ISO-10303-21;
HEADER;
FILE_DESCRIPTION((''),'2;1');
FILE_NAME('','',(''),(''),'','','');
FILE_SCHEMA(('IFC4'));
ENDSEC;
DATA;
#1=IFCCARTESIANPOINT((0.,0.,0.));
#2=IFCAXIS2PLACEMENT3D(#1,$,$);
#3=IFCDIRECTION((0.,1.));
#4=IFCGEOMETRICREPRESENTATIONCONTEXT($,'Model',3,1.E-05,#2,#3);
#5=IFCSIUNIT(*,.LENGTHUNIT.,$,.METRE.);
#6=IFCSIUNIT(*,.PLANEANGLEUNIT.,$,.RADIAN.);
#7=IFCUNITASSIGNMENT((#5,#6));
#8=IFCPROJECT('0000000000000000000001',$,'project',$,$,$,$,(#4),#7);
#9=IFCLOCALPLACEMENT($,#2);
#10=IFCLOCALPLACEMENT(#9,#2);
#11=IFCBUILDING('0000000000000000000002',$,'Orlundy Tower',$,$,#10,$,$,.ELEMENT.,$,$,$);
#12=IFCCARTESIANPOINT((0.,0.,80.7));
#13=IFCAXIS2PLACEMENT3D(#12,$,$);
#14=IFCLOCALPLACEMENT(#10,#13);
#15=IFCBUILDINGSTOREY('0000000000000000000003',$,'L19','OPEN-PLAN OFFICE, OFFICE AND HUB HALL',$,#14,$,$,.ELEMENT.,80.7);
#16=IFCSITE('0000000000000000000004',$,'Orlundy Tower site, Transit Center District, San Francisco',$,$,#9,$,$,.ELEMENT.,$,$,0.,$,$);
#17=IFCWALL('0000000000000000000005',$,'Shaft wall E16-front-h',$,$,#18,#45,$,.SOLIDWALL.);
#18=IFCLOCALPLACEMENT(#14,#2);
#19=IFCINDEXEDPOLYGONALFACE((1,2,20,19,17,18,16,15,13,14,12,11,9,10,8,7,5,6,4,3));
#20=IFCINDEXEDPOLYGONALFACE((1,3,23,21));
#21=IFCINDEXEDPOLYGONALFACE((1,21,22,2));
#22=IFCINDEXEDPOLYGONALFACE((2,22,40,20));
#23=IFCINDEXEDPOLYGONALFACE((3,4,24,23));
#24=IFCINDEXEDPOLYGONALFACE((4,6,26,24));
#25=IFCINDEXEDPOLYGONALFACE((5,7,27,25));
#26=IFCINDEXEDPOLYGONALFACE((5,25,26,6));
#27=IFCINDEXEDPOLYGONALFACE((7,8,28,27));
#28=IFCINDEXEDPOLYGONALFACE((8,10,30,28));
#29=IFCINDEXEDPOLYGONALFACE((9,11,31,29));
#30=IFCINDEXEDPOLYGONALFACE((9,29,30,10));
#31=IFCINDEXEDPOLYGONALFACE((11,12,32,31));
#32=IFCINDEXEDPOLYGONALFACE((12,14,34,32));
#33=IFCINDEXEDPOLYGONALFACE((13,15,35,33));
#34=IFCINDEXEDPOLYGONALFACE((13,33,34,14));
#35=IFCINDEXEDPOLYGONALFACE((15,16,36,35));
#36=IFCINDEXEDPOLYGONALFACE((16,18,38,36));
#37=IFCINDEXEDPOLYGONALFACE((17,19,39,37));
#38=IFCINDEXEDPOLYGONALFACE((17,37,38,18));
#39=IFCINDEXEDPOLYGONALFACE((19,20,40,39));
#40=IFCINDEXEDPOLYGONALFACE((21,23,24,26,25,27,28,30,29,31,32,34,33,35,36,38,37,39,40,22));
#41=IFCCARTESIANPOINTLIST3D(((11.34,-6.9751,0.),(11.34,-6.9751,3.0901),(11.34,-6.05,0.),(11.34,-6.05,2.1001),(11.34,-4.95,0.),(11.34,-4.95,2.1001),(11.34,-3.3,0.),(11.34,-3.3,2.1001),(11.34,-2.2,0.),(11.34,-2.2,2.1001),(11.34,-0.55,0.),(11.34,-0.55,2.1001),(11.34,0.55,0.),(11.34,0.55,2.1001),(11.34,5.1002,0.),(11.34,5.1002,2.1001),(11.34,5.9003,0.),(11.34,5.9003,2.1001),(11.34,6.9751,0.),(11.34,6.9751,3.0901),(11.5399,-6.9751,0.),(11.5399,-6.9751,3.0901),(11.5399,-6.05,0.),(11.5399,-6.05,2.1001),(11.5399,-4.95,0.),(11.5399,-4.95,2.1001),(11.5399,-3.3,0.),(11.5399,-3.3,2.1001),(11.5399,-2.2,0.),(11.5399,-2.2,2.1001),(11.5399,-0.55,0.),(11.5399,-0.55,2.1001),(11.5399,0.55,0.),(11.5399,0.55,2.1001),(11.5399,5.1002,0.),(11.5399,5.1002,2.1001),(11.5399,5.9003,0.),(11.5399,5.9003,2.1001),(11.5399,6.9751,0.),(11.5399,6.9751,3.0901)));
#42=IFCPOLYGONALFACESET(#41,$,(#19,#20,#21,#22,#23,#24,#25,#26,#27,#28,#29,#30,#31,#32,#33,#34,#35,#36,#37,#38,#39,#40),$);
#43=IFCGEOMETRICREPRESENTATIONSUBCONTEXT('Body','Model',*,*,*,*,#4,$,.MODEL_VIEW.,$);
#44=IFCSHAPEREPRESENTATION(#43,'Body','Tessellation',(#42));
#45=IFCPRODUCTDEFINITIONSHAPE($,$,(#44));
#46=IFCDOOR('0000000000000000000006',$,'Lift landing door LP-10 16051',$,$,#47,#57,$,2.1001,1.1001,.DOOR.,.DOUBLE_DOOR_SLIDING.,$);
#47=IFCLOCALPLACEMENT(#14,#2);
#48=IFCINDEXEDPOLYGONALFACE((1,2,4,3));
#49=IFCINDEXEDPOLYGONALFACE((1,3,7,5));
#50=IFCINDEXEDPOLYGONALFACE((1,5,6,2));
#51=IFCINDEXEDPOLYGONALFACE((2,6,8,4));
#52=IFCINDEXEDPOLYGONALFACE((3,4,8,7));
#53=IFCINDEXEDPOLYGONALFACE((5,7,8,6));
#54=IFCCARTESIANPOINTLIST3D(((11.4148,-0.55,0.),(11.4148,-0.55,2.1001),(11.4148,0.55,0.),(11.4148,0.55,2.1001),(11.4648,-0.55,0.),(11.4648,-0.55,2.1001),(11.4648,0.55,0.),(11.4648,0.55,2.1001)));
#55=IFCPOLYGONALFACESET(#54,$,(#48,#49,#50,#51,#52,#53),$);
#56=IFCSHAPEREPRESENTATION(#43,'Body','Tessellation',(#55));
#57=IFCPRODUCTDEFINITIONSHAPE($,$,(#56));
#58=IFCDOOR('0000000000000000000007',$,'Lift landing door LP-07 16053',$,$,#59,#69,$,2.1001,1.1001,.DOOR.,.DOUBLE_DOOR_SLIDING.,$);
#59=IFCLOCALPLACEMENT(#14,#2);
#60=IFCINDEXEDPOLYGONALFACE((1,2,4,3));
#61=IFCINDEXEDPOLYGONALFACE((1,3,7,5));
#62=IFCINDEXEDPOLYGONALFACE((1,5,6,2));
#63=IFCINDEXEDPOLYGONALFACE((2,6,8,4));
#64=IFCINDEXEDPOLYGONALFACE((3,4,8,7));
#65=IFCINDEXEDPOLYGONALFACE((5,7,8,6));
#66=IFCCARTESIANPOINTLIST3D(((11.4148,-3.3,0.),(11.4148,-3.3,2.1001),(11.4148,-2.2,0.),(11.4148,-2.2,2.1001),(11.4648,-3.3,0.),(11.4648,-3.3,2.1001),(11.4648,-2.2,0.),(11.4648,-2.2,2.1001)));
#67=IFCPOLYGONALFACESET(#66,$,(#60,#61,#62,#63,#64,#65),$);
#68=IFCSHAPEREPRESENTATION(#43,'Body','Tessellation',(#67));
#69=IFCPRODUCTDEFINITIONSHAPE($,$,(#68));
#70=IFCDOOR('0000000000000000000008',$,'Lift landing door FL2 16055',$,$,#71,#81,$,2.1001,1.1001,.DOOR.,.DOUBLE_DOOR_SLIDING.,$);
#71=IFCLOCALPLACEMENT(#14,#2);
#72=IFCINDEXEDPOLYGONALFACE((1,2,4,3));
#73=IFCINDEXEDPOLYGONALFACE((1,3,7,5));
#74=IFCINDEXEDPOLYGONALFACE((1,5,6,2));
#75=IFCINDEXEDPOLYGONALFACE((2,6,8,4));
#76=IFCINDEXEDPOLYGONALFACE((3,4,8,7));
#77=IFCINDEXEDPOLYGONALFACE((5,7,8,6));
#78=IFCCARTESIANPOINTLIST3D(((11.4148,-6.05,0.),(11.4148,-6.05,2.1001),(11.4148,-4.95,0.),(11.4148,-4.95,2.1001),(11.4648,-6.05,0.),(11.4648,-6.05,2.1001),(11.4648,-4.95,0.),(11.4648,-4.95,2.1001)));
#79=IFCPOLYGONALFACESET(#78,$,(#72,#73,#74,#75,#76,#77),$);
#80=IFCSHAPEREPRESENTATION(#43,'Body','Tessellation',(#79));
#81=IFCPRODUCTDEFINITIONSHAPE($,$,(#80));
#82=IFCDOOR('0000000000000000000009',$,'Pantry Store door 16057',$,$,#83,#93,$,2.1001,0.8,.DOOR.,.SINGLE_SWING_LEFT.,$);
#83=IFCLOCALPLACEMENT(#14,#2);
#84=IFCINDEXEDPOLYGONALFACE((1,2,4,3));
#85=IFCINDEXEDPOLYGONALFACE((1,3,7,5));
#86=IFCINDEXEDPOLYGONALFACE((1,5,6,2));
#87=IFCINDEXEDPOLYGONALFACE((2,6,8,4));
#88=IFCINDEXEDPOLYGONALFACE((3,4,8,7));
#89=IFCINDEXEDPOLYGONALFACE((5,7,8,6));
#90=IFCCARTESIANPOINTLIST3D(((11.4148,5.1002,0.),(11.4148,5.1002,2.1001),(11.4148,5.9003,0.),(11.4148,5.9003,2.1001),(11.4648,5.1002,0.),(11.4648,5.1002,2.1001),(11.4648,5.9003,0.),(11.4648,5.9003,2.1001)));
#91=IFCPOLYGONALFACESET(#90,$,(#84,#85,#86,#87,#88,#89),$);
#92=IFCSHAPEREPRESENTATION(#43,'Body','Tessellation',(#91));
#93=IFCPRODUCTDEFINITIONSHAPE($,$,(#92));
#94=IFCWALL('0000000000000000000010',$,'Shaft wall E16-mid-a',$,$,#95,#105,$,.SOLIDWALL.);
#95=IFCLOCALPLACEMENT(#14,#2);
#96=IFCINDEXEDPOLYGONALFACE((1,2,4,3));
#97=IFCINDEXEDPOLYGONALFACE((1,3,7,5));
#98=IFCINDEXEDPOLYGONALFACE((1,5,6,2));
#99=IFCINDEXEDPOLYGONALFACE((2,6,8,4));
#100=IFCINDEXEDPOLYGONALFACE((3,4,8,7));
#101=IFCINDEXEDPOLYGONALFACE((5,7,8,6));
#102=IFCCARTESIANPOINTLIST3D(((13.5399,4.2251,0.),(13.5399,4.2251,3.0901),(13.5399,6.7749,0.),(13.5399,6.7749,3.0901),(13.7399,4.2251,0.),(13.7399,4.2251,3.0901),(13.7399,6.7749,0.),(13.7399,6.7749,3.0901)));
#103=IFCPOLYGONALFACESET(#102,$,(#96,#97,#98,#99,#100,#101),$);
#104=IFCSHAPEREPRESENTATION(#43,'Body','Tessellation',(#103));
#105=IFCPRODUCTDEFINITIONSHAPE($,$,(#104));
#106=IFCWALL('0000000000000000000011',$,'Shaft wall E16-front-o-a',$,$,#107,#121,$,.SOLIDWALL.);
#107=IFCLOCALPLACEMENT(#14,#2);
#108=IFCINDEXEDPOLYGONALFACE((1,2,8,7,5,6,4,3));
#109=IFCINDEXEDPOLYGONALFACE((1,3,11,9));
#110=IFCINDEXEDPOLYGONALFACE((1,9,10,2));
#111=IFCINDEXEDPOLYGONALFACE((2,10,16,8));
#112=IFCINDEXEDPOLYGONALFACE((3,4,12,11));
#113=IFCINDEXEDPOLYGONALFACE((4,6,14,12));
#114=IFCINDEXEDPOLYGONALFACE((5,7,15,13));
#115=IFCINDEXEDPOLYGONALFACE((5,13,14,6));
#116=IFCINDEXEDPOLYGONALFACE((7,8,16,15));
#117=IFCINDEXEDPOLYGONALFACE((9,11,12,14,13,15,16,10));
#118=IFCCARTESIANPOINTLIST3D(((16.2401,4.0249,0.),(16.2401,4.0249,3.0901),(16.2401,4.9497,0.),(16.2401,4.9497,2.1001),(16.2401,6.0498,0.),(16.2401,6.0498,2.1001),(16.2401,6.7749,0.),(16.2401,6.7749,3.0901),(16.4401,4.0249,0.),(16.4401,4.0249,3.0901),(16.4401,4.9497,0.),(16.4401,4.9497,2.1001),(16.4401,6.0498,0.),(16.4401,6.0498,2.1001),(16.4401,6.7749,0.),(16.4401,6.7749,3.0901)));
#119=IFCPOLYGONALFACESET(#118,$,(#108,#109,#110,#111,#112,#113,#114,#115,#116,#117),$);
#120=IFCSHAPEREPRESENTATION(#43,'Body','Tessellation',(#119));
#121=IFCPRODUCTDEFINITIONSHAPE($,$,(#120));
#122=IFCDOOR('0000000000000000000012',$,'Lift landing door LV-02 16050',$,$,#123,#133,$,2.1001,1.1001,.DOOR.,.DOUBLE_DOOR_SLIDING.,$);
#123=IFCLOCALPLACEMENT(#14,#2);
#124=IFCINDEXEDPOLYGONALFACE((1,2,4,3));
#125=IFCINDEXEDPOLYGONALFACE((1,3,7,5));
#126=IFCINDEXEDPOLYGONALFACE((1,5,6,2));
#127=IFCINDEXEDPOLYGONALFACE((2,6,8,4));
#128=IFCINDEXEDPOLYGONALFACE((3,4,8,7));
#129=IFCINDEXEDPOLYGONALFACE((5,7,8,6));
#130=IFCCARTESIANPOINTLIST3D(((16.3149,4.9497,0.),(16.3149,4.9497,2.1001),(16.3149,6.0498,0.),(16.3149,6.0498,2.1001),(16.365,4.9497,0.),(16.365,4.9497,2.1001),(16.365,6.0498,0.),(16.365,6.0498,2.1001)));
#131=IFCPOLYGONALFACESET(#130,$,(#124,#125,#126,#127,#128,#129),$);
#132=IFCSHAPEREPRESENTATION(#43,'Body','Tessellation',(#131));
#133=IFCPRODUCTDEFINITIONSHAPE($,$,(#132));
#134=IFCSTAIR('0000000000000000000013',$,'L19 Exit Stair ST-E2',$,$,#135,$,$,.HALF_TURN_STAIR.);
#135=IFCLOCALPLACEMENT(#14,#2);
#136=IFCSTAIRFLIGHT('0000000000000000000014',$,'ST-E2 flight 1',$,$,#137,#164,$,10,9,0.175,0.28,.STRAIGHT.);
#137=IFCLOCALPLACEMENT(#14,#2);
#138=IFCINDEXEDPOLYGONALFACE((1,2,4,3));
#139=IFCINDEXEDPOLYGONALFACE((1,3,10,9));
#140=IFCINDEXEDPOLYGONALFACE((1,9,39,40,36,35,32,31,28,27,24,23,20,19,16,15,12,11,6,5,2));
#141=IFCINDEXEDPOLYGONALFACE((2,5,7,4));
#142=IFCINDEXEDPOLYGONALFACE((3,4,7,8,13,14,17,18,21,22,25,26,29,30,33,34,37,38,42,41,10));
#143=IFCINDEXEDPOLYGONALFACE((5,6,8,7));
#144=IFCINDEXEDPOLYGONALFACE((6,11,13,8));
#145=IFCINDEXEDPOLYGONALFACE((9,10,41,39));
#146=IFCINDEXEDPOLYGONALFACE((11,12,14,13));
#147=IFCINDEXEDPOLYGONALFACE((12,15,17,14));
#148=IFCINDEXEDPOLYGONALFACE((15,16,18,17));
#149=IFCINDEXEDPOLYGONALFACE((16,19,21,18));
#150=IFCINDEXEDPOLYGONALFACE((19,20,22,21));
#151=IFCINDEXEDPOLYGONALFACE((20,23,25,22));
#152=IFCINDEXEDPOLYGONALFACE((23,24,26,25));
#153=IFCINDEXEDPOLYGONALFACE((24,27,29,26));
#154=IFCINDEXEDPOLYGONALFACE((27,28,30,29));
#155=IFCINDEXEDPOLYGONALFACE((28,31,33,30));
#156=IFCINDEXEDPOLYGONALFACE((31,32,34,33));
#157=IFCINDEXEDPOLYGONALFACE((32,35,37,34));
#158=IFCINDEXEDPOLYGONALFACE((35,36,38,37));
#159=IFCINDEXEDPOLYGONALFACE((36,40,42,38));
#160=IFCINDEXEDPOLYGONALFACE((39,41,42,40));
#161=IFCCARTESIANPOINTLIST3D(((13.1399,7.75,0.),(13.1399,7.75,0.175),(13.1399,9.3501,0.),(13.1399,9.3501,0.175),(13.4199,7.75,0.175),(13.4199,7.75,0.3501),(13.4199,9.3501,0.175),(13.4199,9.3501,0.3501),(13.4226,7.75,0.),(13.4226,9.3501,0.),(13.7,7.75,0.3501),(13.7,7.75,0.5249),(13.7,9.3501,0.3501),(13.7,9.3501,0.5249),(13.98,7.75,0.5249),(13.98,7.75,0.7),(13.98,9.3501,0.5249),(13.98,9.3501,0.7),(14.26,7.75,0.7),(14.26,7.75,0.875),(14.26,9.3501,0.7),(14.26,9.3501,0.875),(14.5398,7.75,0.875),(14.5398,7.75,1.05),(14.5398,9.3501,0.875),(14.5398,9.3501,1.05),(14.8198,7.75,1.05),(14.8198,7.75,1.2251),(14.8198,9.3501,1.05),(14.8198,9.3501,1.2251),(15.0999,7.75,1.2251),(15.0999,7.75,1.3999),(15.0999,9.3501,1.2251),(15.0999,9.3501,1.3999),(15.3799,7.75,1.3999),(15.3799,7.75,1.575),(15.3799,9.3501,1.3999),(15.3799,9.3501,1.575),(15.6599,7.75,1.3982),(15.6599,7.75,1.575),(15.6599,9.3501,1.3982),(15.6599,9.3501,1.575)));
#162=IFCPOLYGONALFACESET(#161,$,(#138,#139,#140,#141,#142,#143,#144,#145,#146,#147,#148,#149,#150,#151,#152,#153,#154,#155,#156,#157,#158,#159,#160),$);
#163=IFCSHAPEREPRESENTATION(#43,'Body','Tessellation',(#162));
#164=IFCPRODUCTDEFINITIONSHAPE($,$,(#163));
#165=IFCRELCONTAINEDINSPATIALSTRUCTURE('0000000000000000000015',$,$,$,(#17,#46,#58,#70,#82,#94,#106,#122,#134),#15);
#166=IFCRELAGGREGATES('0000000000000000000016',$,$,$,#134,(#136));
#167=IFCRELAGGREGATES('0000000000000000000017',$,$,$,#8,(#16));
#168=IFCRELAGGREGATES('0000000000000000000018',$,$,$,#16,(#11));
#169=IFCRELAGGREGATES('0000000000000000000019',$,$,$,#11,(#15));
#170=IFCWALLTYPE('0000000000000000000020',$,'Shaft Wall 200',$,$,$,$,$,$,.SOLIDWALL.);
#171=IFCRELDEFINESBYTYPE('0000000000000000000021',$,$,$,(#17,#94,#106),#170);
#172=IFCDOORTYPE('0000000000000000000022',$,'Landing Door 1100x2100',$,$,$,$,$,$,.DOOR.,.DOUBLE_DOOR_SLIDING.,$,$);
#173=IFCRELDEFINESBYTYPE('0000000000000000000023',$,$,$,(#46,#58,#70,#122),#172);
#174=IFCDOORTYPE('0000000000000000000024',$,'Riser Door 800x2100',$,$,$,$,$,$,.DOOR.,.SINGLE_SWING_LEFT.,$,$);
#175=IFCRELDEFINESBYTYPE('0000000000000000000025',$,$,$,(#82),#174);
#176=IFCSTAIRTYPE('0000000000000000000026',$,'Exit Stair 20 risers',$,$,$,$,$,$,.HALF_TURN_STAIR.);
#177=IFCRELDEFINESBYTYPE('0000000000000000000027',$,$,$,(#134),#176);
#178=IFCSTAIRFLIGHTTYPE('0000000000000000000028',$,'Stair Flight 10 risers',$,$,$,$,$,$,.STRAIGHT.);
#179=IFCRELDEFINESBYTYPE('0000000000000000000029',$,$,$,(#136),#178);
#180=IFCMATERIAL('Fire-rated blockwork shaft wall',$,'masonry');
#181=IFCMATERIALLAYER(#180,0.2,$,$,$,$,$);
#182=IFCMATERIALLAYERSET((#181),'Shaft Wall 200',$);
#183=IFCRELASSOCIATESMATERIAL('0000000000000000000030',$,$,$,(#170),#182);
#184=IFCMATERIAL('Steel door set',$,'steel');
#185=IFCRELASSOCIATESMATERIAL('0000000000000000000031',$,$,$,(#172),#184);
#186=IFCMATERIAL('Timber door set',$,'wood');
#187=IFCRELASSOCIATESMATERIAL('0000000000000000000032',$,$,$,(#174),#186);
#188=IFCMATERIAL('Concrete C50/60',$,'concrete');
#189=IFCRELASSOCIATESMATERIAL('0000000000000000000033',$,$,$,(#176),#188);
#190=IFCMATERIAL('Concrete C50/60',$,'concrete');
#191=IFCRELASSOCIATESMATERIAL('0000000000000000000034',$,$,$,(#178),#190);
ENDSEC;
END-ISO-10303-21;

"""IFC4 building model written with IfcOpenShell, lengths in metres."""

from ifc_helpers import new_model, si_unit, direction, frame, frame_2d, origin, place, context, subcontext, project, spatial, polyline, rectangle, outline, extrude, material, layer, layer_set, type_object, element, fill, aggregate, save


model = new_model("IFC4")

# Units and contexts
model_context = context("Model", 3, precision=1e-05, world=origin(), true_north=direction((0.0, 1.0)))
body_context = subcontext(model_context, "Body", "Model", "MODEL_VIEW")
ifc_project = project(units=[si_unit("LENGTHUNIT", "METRE"), si_unit("PLANEANGLEUNIT", "RADIAN")], contexts=[model_context])

# Site, building, storey
site_placement = place(None, origin())
site = spatial("IfcSite", under=ifc_project, at=site_placement, Name="Orlundy Tower site, Transit Center District, San Francisco", CompositionType="ELEMENT", RefElevation=0.0)
building_placement = place(site_placement, origin())
building = spatial("IfcBuilding", under=site, at=building_placement, Name="Orlundy Tower", CompositionType="ELEMENT")
storey_placement = place(building_placement, frame((0.0, 0.0, 80.7)))
storey = spatial("IfcBuildingStorey", under=building, at=storey_placement, Name="L19", Description="OPEN-PLAN OFFICE, OFFICE AND HUB HALL", CompositionType="ELEMENT", Elevation=80.7)

# Shared definitions
ifc_material_1 = material(Name="Fire-rated blockwork shaft wall", Category="masonry")
ifc_layer_1 = layer(ifc_material_1, 0.2)
ifc_layer_set_1 = layer_set([ifc_layer_1], Name="Shaft Wall 200")
wall_type_1 = type_object("IfcWallType", Name="Shaft Wall 200", PredefinedType="SOLIDWALL", material=ifc_layer_set_1)

# Wall, openings, doors
wall_1_placement = place(storey_placement, frame((11.4399, 6.9751, 0.0), z_axis=(0.0, 0.0, 1.0), x_axis=(0.0, -1.0, 0.0)))
wall_1 = element("IfcWall", 1, at=wall_1_placement, inside=storey, type_object=wall_type_1, Name="Shaft wall E16-front-h", PredefinedType="SOLIDWALL", context=body_context, shape_type="SweptSolid", body=[
    extrude(rectangle(XDim=13.9502, YDim=0.2, at=frame_2d((6.9751, 0.0))), origin(), (0.0, 0.0, 1.0), 3.0901),
])
opening_1_placement = place(wall_1_placement, frame((6.425, 0.0, 0.0)))
opening_1 = element("IfcOpeningElement", 2, at=opening_1_placement, cuts=wall_1, PredefinedType="OPENING", context=body_context, shape_type="SweptSolid", body=[
    extrude(rectangle(XDim=1.1001, YDim=2.1001, at=frame_2d((0.55, 1.05))), frame((0.0, 0.1101, 0.0), z_axis=(0.0, -1.0, 0.0), x_axis=(1.0, 0.0, 0.0)), (0.0, 0.0, 1.0), 0.2202),
])
opening_2_placement = place(wall_1_placement, frame((9.175, 0.0, 0.0)))
opening_2 = element("IfcOpeningElement", 3, at=opening_2_placement, cuts=wall_1, PredefinedType="OPENING", context=body_context, shape_type="SweptSolid", body=[
    extrude(rectangle(XDim=1.1001, YDim=2.1001, at=frame_2d((0.55, 1.05))), frame((0.0, 0.1101, 0.0), z_axis=(0.0, -1.0, 0.0), x_axis=(1.0, 0.0, 0.0)), (0.0, 0.0, 1.0), 0.2202),
])
opening_3_placement = place(wall_1_placement, frame((11.925, 0.0, 0.0)))
opening_3 = element("IfcOpeningElement", 4, at=opening_3_placement, cuts=wall_1, PredefinedType="OPENING", context=body_context, shape_type="SweptSolid", body=[
    extrude(rectangle(XDim=1.1001, YDim=2.1001, at=frame_2d((0.55, 1.05))), frame((0.0, 0.1101, 0.0), z_axis=(0.0, -1.0, 0.0), x_axis=(1.0, 0.0, 0.0)), (0.0, 0.0, 1.0), 0.2202),
])
opening_4_placement = place(wall_1_placement, frame((1.075, 0.0, 0.0)))
opening_4 = element("IfcOpeningElement", 5, at=opening_4_placement, cuts=wall_1, PredefinedType="OPENING", context=body_context, shape_type="SweptSolid", body=[
    extrude(rectangle(XDim=0.8, YDim=2.1001, at=frame_2d((0.3999, 1.05))), frame((0.0, 0.1101, 0.0), z_axis=(0.0, -1.0, 0.0), x_axis=(1.0, 0.0, 0.0)), (0.0, 0.0, 1.0), 0.2202),
])
ifc_material_2 = material(Name="Steel door set", Category="steel")
door_type_1 = type_object("IfcDoorType", Name="Landing Door 1100x2100", OperationType="DOUBLE_DOOR_SLIDING", PredefinedType="DOOR", material=ifc_material_2)
door_1_placement = place(opening_1_placement, origin())
door_1 = element("IfcDoor", 6, at=door_1_placement, inside=storey, type_object=door_type_1, Name="Lift landing door LP-10 16051", OperationType="DOUBLE_DOOR_SLIDING", OverallHeight=2.1001, OverallWidth=1.1001, PredefinedType="DOOR", context=body_context, shape_type="SweptSolid", body=[
    extrude(rectangle(XDim=1.1001, YDim=2.1001, at=frame_2d((0.55, 1.05))), frame((0.0, 0.0249, 0.0), z_axis=(0.0, -1.0, 0.0), x_axis=(1.0, 0.0, 0.0)), (0.0, 0.0, 1.0), 0.05),
])
fill(opening_1, door_1)
door_2_placement = place(opening_2_placement, origin())
door_2 = element("IfcDoor", 7, at=door_2_placement, inside=storey, type_object=door_type_1, Name="Lift landing door LP-07 16053", OperationType="DOUBLE_DOOR_SLIDING", OverallHeight=2.1001, OverallWidth=1.1001, PredefinedType="DOOR", context=body_context, shape_type="SweptSolid", body=[
    extrude(rectangle(XDim=1.1001, YDim=2.1001, at=frame_2d((0.55, 1.05))), frame((0.0, 0.0249, 0.0), z_axis=(0.0, -1.0, 0.0), x_axis=(1.0, 0.0, 0.0)), (0.0, 0.0, 1.0), 0.05),
])
fill(opening_2, door_2)
door_3_placement = place(opening_3_placement, origin())
door_3 = element("IfcDoor", 8, at=door_3_placement, inside=storey, type_object=door_type_1, Name="Lift landing door FL2 16055", OperationType="DOUBLE_DOOR_SLIDING", OverallHeight=2.1001, OverallWidth=1.1001, PredefinedType="DOOR", context=body_context, shape_type="SweptSolid", body=[
    extrude(rectangle(XDim=1.1001, YDim=2.1001, at=frame_2d((0.55, 1.05))), frame((0.0, 0.0249, 0.0), z_axis=(0.0, -1.0, 0.0), x_axis=(1.0, 0.0, 0.0)), (0.0, 0.0, 1.0), 0.05),
])
fill(opening_3, door_3)
ifc_material_3 = material(Name="Timber door set", Category="wood")
door_type_2 = type_object("IfcDoorType", Name="Riser Door 800x2100", OperationType="SINGLE_SWING_LEFT", PredefinedType="DOOR", material=ifc_material_3)
door_4_placement = place(opening_4_placement, origin())
door_4 = element("IfcDoor", 9, at=door_4_placement, inside=storey, type_object=door_type_2, Name="Pantry Store door 16057", OperationType="SINGLE_SWING_LEFT", OverallHeight=2.1001, OverallWidth=0.8, PredefinedType="DOOR", context=body_context, shape_type="SweptSolid", body=[
    extrude(rectangle(XDim=0.8, YDim=2.1001, at=frame_2d((0.3999, 1.05))), frame((0.0, 0.0249, 0.0), z_axis=(0.0, -1.0, 0.0), x_axis=(1.0, 0.0, 0.0)), (0.0, 0.0, 1.0), 0.05),
])
fill(opening_4, door_4)

# Wall
wall_2_placement = place(storey_placement, frame((13.6399, 6.7749, 0.0), z_axis=(0.0, 0.0, 1.0), x_axis=(0.0, -1.0, 0.0)))
element("IfcWall", 10, at=wall_2_placement, inside=storey, type_object=wall_type_1, Name="Shaft wall E16-mid-a", PredefinedType="SOLIDWALL", context=body_context, shape_type="SweptSolid", body=[
    extrude(rectangle(XDim=2.5498, YDim=0.2, at=frame_2d((1.2749, 0.0))), origin(), (0.0, 0.0, 1.0), 3.0901),
])

# Wall, opening, door
wall_3_placement = place(storey_placement, frame((16.3401, 6.7749, 0.0), z_axis=(0.0, 0.0, 1.0), x_axis=(0.0, -1.0, 0.0)))
wall_3 = element("IfcWall", 11, at=wall_3_placement, inside=storey, type_object=wall_type_1, Name="Shaft wall E16-front-o-a", PredefinedType="SOLIDWALL", context=body_context, shape_type="SweptSolid", body=[
    extrude(rectangle(XDim=2.75, YDim=0.2, at=frame_2d((1.375, 0.0))), origin(), (0.0, 0.0, 1.0), 3.0901),
])
opening_5_placement = place(wall_3_placement, frame((0.7251, 0.0, 0.0)))
opening_5 = element("IfcOpeningElement", 12, at=opening_5_placement, cuts=wall_3, PredefinedType="OPENING", context=body_context, shape_type="SweptSolid", body=[
    extrude(rectangle(XDim=1.1001, YDim=2.1001, at=frame_2d((0.55, 1.05))), frame((0.0, 0.1101, 0.0), z_axis=(0.0, -1.0, 0.0), x_axis=(1.0, 0.0, 0.0)), (0.0, 0.0, 1.0), 0.2202),
])
door_5_placement = place(opening_5_placement, origin())
door_5 = element("IfcDoor", 13, at=door_5_placement, inside=storey, type_object=door_type_1, Name="Lift landing door LV-02 16050", OperationType="DOUBLE_DOOR_SLIDING", OverallHeight=2.1001, OverallWidth=1.1001, PredefinedType="DOOR", context=body_context, shape_type="SweptSolid", body=[
    extrude(rectangle(XDim=1.1001, YDim=2.1001, at=frame_2d((0.55, 1.05))), frame((0.0, 0.0249, 0.0), z_axis=(0.0, -1.0, 0.0), x_axis=(1.0, 0.0, 0.0)), (0.0, 0.0, 1.0), 0.05),
])
fill(opening_5, door_5)

# Stair, stair flight
ifc_material_4 = material(Name="Concrete C50/60", Category="concrete")
stair_type = type_object("IfcStairType", Name="Exit Stair 20 risers", PredefinedType="HALF_TURN_STAIR", material=ifc_material_4)
stair_placement = place(storey_placement, origin())
stair = element("IfcStair", 14, at=stair_placement, inside=storey, type_object=stair_type, Name="L19 Exit Stair ST-E2", PredefinedType="HALF_TURN_STAIR")
ifc_material_5 = material(Name="Concrete C50/60", Category="concrete")
stair_flight_type = type_object("IfcStairFlightType", Name="Stair Flight 10 risers", PredefinedType="STRAIGHT", material=ifc_material_5)
stair_flight_1_placement = place(storey_placement, frame((13.1399, 8.55, 0.0), z_axis=(0.0, 0.0, 1.0), x_axis=(1.0, 0.0, 0.0)))
stair_flight_1 = element("IfcStairFlight", 15, at=stair_flight_1_placement, type_object=stair_flight_type, Name="ST-E2 flight 1", NumberOfRisers=10, NumberOfTreads=9, PredefinedType="STRAIGHT", RiserHeight=0.175, TreadLength=0.28, context=body_context, shape_type="SweptSolid", body=[
    extrude(outline(polyline([(0.0, 0.0), (0.0, 0.175), (0.28, 0.175), (0.28, 0.3501), (0.5601, 0.3501), (0.5601, 0.5249), (0.8401, 0.5249), (0.8401, 0.7), (1.1201, 0.7), (1.1201, 0.875), (1.3999, 0.875), (1.3999, 1.05), (1.6799, 1.05), (1.6799, 1.2251), (1.96, 1.2251), (1.96, 1.3999), (2.24, 1.3999), (2.24, 1.575), (2.52, 1.575), (2.52, 1.75), (2.52, 1.3982), (0.2827, 0.0), (0.0, 0.0)])), frame((0.0, 0.8, 0.0), z_axis=(0.0, -1.0, 0.0), x_axis=(1.0, 0.0, 0.0)), (0.0, 0.0, 1.0), 1.6001),
])
aggregate(stair, [stair_flight_1])

save(model, "model.ifc")
